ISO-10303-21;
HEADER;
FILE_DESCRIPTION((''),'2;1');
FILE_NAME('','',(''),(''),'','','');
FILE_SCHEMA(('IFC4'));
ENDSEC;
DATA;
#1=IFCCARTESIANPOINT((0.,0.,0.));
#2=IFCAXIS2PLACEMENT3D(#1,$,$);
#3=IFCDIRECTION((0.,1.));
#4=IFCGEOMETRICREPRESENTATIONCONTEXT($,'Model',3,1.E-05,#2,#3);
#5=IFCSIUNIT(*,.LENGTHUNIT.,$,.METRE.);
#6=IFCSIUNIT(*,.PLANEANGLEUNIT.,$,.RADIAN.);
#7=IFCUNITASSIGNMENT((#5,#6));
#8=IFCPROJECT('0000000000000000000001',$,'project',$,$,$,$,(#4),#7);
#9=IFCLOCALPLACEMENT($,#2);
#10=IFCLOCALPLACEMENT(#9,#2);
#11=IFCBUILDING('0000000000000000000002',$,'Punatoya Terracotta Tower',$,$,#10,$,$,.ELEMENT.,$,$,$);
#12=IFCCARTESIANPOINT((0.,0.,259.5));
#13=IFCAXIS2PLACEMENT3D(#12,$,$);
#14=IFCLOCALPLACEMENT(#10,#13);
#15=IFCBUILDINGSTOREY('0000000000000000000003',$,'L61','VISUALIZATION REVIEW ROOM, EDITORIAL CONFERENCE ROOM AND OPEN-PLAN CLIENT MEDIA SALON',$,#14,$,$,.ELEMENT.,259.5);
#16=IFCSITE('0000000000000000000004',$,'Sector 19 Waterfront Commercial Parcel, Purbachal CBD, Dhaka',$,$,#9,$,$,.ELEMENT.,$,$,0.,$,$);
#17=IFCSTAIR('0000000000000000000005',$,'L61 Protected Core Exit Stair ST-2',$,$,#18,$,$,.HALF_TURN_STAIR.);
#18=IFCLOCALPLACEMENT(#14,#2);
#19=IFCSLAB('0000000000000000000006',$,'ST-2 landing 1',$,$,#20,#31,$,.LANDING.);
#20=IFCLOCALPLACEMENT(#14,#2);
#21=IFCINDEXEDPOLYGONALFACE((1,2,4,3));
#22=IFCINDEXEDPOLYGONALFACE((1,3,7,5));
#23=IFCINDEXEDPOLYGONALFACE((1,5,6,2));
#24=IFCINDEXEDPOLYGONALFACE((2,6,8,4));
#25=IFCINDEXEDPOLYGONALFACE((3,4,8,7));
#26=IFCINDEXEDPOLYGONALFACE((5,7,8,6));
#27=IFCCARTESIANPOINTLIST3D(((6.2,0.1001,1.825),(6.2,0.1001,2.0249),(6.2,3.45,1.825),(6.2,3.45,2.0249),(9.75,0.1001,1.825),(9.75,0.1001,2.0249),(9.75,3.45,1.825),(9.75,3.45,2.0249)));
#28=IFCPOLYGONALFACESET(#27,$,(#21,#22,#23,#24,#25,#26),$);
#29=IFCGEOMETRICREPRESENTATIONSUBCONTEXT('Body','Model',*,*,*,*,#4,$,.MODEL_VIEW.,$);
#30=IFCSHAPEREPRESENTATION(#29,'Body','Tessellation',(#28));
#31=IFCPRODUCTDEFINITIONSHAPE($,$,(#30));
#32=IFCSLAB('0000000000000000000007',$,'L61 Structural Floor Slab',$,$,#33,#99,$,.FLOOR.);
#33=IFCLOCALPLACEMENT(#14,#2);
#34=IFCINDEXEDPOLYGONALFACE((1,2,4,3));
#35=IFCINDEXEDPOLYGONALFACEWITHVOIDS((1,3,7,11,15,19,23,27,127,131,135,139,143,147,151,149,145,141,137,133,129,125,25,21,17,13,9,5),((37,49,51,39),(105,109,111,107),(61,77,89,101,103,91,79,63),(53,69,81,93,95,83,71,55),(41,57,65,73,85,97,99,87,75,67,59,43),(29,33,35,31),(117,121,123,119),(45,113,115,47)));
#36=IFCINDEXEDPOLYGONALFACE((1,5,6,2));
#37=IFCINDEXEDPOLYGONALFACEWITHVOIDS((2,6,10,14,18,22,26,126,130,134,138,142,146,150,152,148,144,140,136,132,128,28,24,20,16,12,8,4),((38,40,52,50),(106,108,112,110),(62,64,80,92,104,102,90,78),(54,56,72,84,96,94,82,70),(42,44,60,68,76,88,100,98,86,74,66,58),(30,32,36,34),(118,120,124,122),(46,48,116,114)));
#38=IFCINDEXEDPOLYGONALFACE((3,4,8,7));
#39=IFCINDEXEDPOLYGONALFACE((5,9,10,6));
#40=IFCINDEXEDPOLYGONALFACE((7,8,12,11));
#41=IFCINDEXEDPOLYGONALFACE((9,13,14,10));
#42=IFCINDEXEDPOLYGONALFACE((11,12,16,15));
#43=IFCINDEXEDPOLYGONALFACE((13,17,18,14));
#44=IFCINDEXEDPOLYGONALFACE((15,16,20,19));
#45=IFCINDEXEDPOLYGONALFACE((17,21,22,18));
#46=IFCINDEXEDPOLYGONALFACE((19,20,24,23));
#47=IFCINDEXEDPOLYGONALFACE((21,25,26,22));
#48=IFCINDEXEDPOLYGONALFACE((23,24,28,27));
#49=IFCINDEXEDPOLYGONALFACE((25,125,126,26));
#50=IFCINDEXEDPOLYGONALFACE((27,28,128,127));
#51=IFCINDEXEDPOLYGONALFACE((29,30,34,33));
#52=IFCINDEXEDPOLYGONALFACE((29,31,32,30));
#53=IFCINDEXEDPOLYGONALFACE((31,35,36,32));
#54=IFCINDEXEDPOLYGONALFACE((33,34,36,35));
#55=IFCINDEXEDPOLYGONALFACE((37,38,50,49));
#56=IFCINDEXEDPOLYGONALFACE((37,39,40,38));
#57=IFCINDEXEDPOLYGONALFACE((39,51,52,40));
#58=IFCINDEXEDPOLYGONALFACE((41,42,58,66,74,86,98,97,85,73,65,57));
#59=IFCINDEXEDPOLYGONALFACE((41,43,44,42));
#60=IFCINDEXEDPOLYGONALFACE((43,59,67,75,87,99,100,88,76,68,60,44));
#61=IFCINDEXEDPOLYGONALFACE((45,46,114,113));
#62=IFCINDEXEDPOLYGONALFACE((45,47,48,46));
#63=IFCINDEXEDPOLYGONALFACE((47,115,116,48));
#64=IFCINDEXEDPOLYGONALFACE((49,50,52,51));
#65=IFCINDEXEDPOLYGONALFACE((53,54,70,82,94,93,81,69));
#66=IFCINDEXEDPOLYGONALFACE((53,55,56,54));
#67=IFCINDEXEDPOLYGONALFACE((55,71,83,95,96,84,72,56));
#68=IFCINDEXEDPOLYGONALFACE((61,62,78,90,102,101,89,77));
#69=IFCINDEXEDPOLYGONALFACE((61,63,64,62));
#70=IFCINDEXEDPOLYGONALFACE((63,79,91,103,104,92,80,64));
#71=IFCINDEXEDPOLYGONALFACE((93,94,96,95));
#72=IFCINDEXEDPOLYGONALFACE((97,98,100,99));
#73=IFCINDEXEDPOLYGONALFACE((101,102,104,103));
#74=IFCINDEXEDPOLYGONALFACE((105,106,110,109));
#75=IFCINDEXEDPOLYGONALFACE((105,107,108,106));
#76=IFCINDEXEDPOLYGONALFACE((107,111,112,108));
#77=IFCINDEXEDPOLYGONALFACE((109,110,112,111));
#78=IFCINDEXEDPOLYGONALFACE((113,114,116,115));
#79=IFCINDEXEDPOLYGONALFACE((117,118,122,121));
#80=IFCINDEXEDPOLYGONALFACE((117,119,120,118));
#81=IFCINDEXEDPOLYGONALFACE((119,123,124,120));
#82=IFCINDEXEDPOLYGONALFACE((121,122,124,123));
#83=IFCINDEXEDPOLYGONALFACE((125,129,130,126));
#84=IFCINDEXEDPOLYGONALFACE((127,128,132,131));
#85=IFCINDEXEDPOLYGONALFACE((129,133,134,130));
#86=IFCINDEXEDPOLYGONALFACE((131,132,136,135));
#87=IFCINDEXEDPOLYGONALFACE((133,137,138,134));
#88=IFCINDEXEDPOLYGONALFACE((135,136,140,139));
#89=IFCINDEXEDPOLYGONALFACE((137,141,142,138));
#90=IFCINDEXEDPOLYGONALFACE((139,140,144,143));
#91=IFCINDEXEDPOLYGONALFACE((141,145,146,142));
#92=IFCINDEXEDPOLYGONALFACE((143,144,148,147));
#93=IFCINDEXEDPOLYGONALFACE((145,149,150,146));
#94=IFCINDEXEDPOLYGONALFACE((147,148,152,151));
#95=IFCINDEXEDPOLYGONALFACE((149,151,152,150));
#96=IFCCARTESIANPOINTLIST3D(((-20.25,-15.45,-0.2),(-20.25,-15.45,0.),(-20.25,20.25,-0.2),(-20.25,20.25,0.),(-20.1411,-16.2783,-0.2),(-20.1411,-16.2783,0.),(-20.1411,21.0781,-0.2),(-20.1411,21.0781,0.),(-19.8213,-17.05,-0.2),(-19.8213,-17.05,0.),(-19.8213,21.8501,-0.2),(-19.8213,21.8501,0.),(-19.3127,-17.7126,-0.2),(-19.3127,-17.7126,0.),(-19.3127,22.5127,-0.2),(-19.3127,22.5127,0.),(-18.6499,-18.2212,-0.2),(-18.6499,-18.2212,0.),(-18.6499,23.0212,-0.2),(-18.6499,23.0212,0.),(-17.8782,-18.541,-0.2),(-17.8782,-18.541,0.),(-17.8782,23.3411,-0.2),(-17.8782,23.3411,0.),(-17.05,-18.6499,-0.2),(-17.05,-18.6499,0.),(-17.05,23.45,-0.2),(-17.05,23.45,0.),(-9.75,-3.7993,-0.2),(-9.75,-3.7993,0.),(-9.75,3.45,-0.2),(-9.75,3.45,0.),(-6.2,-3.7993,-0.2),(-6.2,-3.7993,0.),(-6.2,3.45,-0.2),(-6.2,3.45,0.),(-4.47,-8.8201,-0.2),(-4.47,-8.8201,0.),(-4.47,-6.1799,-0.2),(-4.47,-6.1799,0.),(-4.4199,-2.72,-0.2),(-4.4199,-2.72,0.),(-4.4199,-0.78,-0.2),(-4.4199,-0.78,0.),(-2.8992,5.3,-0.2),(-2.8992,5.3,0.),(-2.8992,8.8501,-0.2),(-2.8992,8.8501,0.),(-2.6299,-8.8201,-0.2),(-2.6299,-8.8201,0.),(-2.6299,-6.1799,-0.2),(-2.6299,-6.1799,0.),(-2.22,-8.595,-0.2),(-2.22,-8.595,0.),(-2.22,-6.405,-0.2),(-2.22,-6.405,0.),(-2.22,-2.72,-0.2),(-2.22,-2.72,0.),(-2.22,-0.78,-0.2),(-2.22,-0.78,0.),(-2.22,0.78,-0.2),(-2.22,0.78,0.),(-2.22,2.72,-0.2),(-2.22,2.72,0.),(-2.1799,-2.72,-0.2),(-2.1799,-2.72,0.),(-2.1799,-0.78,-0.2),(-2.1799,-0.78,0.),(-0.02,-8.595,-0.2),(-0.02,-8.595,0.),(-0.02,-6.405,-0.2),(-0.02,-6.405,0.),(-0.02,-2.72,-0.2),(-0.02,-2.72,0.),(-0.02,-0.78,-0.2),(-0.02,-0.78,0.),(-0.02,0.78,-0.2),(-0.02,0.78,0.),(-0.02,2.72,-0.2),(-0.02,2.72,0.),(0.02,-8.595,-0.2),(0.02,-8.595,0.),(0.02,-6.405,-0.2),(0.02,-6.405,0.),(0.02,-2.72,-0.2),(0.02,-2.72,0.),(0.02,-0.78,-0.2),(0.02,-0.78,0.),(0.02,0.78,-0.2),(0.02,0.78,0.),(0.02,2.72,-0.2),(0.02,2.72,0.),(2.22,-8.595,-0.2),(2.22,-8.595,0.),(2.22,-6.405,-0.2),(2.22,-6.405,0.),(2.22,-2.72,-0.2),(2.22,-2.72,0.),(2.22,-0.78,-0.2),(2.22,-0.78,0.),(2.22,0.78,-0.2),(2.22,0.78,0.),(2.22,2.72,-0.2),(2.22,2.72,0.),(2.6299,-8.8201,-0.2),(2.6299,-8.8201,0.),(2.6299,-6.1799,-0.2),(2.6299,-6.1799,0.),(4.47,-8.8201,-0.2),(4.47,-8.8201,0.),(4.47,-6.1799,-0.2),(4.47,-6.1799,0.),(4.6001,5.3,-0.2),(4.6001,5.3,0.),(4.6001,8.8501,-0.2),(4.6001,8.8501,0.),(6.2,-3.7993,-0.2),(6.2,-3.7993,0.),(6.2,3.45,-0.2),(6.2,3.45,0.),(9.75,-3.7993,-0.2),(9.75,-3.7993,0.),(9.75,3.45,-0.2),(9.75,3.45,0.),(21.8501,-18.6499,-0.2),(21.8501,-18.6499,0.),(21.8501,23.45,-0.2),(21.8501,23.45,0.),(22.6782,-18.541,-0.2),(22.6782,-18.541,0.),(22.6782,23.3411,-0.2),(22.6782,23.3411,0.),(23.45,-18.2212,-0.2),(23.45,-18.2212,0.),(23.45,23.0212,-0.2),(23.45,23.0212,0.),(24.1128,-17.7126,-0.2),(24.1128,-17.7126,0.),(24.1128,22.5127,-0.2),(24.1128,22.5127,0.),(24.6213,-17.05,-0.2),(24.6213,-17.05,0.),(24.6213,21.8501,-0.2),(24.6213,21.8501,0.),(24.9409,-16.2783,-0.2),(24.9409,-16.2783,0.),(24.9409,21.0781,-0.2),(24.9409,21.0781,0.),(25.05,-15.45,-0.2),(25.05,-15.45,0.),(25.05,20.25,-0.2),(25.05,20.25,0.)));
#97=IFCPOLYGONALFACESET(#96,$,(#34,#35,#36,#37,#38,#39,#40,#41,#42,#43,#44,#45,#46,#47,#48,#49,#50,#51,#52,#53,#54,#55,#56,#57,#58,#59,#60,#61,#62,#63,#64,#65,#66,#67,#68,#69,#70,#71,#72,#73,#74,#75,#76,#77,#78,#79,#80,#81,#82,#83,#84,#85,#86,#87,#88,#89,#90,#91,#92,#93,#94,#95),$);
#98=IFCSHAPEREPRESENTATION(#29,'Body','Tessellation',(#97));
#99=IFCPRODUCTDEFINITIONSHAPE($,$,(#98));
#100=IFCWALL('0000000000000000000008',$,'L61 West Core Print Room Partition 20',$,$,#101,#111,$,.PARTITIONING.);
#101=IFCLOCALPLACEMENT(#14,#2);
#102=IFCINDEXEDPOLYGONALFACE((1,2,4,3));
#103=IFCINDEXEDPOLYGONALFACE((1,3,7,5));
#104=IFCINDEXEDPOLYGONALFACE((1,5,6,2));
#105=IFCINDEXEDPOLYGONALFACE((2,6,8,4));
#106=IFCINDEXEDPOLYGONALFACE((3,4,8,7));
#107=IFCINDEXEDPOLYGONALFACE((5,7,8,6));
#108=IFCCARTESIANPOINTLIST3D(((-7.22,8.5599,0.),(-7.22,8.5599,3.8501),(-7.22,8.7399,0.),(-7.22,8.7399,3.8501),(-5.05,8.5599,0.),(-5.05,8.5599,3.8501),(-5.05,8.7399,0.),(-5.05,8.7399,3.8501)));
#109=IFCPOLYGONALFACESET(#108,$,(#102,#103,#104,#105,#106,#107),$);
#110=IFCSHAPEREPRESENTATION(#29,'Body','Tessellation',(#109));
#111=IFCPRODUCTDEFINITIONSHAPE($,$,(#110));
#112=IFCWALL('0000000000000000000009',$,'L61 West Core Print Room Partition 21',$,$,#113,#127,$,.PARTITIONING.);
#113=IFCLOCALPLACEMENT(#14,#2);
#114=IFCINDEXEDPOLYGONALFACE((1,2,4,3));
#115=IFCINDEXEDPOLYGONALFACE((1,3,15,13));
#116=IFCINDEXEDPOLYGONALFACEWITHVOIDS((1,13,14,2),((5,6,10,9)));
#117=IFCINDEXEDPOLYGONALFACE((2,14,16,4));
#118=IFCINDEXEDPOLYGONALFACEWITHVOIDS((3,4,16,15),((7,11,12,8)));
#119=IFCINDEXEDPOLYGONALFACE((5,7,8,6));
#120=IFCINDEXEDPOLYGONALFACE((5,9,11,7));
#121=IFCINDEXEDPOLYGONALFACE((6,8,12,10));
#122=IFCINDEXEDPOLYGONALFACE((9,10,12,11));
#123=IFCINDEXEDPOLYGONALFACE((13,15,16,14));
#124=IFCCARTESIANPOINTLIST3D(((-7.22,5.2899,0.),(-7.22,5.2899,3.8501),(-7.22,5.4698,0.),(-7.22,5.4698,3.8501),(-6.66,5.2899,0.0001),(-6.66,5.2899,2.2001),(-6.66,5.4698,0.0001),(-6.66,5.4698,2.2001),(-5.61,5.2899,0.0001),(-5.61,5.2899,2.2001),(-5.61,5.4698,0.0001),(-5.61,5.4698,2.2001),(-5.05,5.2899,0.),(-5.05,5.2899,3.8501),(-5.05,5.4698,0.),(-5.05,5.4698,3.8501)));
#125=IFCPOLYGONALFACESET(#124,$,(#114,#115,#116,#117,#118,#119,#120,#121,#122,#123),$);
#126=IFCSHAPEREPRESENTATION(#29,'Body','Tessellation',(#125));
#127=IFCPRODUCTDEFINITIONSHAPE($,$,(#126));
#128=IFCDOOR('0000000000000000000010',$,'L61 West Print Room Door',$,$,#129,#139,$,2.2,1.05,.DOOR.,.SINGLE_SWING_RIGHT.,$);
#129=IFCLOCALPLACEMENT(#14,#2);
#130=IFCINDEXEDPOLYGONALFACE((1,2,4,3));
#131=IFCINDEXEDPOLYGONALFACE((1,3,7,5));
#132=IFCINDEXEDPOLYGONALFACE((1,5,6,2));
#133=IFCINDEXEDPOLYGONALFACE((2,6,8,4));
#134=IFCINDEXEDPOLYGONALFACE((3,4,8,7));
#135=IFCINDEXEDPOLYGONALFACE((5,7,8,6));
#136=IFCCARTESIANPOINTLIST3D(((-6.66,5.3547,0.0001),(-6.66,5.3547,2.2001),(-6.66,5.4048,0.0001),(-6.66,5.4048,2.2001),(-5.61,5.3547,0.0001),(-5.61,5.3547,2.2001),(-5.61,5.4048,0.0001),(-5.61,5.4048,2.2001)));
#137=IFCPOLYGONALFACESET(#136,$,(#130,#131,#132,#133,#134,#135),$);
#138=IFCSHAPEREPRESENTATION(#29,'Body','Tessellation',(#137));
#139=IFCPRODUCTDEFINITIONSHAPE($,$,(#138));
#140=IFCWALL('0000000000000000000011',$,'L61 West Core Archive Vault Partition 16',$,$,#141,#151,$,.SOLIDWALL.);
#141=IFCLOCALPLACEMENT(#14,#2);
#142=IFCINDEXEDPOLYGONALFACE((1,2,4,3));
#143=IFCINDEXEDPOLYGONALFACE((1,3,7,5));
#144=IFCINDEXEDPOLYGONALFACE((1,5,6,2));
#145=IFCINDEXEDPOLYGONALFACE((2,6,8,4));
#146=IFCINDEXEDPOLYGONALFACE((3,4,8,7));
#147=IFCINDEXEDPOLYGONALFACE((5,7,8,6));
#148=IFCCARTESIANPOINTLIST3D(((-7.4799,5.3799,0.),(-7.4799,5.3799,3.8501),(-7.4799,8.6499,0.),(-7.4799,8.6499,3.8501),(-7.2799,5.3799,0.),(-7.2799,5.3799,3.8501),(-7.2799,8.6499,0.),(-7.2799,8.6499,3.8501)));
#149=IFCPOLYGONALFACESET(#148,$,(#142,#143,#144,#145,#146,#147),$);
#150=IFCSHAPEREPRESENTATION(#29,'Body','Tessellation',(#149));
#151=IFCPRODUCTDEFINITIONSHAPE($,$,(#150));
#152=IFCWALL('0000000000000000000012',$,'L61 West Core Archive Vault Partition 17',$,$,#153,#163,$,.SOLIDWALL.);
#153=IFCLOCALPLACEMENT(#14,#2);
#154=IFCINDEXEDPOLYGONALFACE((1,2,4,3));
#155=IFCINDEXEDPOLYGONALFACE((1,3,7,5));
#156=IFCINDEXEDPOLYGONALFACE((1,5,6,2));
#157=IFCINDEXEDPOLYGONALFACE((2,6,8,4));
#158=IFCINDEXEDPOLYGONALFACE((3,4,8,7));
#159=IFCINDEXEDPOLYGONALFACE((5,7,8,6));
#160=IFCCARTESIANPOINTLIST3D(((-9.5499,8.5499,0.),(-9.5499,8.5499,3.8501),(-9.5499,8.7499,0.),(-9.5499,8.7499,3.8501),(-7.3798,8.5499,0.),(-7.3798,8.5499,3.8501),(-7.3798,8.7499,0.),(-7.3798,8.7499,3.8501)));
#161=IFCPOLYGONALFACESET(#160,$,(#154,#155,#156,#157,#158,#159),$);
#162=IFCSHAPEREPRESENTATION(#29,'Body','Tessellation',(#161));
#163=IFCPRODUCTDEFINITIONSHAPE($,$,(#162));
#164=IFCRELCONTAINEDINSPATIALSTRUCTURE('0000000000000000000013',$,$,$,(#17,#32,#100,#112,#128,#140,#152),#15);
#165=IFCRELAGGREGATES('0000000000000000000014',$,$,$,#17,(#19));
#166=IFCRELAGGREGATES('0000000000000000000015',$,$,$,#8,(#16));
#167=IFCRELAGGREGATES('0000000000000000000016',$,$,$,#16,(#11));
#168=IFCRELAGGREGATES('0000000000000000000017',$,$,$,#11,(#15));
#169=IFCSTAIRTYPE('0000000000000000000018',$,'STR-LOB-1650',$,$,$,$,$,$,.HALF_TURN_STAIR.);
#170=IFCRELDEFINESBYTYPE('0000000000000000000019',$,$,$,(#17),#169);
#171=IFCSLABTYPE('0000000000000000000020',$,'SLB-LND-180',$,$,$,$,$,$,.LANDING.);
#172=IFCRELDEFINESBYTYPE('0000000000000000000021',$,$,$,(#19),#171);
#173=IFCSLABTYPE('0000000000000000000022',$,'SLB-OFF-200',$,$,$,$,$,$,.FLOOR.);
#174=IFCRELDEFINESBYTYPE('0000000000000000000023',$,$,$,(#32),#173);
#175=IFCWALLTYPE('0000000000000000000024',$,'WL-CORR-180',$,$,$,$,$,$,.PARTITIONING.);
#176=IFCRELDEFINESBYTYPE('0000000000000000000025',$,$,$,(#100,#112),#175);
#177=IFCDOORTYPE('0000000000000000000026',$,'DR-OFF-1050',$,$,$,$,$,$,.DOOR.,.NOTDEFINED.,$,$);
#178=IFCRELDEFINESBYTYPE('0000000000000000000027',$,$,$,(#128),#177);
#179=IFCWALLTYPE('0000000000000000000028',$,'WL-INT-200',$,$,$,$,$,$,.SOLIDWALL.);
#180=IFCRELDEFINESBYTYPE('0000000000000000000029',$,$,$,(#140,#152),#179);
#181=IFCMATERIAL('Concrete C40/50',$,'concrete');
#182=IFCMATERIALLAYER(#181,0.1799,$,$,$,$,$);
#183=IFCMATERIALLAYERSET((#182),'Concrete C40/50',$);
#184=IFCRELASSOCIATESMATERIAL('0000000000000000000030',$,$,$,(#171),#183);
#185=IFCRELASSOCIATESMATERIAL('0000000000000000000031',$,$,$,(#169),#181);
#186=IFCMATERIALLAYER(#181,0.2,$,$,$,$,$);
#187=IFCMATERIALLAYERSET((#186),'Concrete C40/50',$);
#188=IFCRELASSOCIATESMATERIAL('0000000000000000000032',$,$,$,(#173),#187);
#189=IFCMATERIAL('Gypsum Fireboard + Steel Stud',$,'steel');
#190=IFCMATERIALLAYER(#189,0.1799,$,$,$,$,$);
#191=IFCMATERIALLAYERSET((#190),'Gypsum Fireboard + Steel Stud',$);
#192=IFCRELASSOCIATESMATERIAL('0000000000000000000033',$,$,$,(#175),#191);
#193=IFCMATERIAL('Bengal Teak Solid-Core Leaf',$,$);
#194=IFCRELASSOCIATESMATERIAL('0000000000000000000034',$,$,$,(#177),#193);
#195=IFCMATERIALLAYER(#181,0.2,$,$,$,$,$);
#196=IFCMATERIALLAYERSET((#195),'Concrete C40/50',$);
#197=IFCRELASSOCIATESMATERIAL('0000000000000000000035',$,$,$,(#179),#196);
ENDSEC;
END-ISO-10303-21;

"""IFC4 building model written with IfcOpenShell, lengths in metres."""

from ifc_helpers import new_model, si_unit, direction, frame, frame_2d, origin, place, context, subcontext, project, spatial, polyline, rectangle, outline, extrude, material, layer, layer_set, type_object, element, fill, aggregate, save


model = new_model("IFC4")

# Units and contexts
model_context = context("Model", 3, precision=1e-05, world=origin(), true_north=direction((0.0, 1.0)))
body_context = subcontext(model_context, "Body", "Model", "MODEL_VIEW")
ifc_project = project(units=[si_unit("LENGTHUNIT", "METRE"), si_unit("PLANEANGLEUNIT", "RADIAN")], contexts=[model_context])

# Site, building, storey
site_placement = place(None, origin())
site = spatial("IfcSite", under=ifc_project, at=site_placement, Name="Sector 19 Waterfront Commercial Parcel, Purbachal CBD, Dhaka", CompositionType="ELEMENT", RefElevation=0.0)
building_placement = place(site_placement, origin())
building = spatial("IfcBuilding", under=site, at=building_placement, Name="Punatoya Terracotta Tower", CompositionType="ELEMENT")
storey_placement = place(building_placement, frame((0.0, 0.0, 259.5)))
storey = spatial("IfcBuildingStorey", under=building, at=storey_placement, Name="L61", Description="VISUALIZATION REVIEW ROOM, EDITORIAL CONFERENCE ROOM AND OPEN-PLAN CLIENT MEDIA SALON", CompositionType="ELEMENT", Elevation=259.5)

# Stair, slab
ifc_material_1 = material(Name="Concrete C40/50", Category="concrete")
ifc_layer_1 = layer(ifc_material_1, 0.1799)
ifc_layer_set_1 = layer_set([ifc_layer_1], Name="Concrete C40/50")
slab_type_1 = type_object("IfcSlabType", Name="SLB-LND-180", PredefinedType="LANDING", material=ifc_layer_set_1)
stair_type_1 = type_object("IfcStairType", Name="STR-LOB-1650", PredefinedType="HALF_TURN_STAIR", material=ifc_material_1)
stair_1_placement = place(storey_placement, origin())
stair_1 = element("IfcStair", 1, at=stair_1_placement, inside=storey, type_object=stair_type_1, Name="L61 Protected Core Exit Stair ST-2", PredefinedType="HALF_TURN_STAIR")
slab_1_placement = place(storey_placement, frame((0.0, 0.0, 1.825)))
slab_1 = element("IfcSlab", 2, at=slab_1_placement, type_object=slab_type_1, Name="ST-2 landing 1", PredefinedType="LANDING", context=body_context, shape_type="SweptSolid", body=[
    extrude(outline(polyline([(9.75, 0.1001), (9.75, 3.45), (6.2, 3.45), (6.2, 0.1001), (9.75, 0.1001)])), origin(), (0.0, 0.0, 1.0), 0.2),
])
aggregate(stair_1, [slab_1])

# Slab
ifc_layer_2 = layer(ifc_material_1, 0.2)
ifc_layer_set_2 = layer_set([ifc_layer_2], Name="Concrete C40/50")
slab_type_2 = type_object("IfcSlabType", Name="SLB-OFF-200", PredefinedType="FLOOR", material=ifc_layer_set_2)
slab_2_placement = place(storey_placement, frame((0.0, 0.0, -0.2)))
element("IfcSlab", 3, at=slab_2_placement, inside=storey, type_object=slab_type_2, Name="L61 Structural Floor Slab", PredefinedType="FLOOR", context=body_context, shape_type="SweptSolid", body=[
    extrude(outline(polyline([(-17.05, -18.6499), (-17.8782, -18.541), (-18.6499, -18.2212), (-19.3127, -17.7126), (-19.8213, -17.05), (-20.1411, -16.2783), (-20.25, -15.45), (-20.25, 20.25), (-20.1411, 21.0781), (-19.8213, 21.8501), (-19.3127, 22.5127), (-18.6499, 23.0212), (-17.8782, 23.3411), (-17.05, 23.45), (21.8501, 23.45), (22.6782, 23.3411), (23.45, 23.0212), (24.1128, 22.5127), (24.6213, 21.8501), (24.9409, 21.0781), (25.05, 20.25), (25.05, -15.45), (24.9409, -16.2783), (24.6213, -17.05), (24.1128, -17.7126), (23.45, -18.2212), (22.6782, -18.541), (21.8501, -18.6499), (-17.05, -18.6499)]), holes=[polyline([(-2.6299, -6.1799), (-4.47, -6.1799), (-4.47, -8.8201), (-2.6299, -8.8201), (-2.6299, -6.1799)]), polyline([(0.02, -8.595), (2.22, -8.595), (2.22, -6.405), (0.02, -6.405), (-0.02, -6.405), (-2.22, -6.405), (-2.22, -8.595), (-0.02, -8.595), (0.02, -8.595)]), polyline([(-2.22, -2.72), (-2.1799, -2.72), (-0.02, -2.72), (0.02, -2.72), (2.22, -2.72), (2.22, -0.78), (0.02, -0.78), (-0.02, -0.78), (-2.1799, -0.78), (-2.22, -0.78), (-4.4199, -0.78), (-4.4199, -2.72), (-2.22, -2.72)]), polyline([(-6.2, 3.45), (-9.75, 3.45), (-9.75, -3.7993), (-6.2, -3.7993), (-6.2, 3.45)]), polyline([(0.02, 0.78), (2.22, 0.78), (2.22, 2.72), (0.02, 2.72), (-0.02, 2.72), (-2.22, 2.72), (-2.22, 0.78), (-0.02, 0.78), (0.02, 0.78)]), polyline([(4.47, -8.8201), (4.47, -6.1799), (2.6299, -6.1799), (2.6299, -8.8201), (4.47, -8.8201)]), polyline([(6.2, 3.45), (6.2, -3.7993), (9.75, -3.7993), (9.75, 3.45), (6.2, 3.45)]), polyline([(4.6001, 5.3), (4.6001, 8.8501), (-2.8992, 8.8501), (-2.8992, 5.3), (4.6001, 5.3)])]), origin(), (0.0, 0.0, 1.0), 0.2),
])

# Wall
ifc_material_2 = material(Name="Gypsum Fireboard + Steel Stud", Category="steel")
ifc_layer_3 = layer(ifc_material_2, 0.1799)
ifc_layer_set_3 = layer_set([ifc_layer_3], Name="Gypsum Fireboard + Steel Stud")
wall_type_1 = type_object("IfcWallType", Name="WL-CORR-180", PredefinedType="PARTITIONING", material=ifc_layer_set_3)
wall_1_placement = place(storey_placement, frame((-5.05, 8.6499, 0.0), z_axis=(0.0, 0.0, 1.0), x_axis=(-1.0, 0.0, 0.0)))
element("IfcWall", 4, at=wall_1_placement, inside=storey, type_object=wall_type_1, Name="L61 West Core Print Room Partition 20", PredefinedType="PARTITIONING", context=body_context, shape_type="SweptSolid", body=[
    extrude(rectangle(XDim=2.1699, YDim=0.1799, at=frame_2d((1.085, 0.0))), origin(), (0.0, 0.0, 1.0), 3.8501),
])

# Wall, opening, door
wall_2_placement = place(storey_placement, frame((-7.22, 5.3799, 0.0), z_axis=(0.0, 0.0, 1.0), x_axis=(1.0, 0.0, 0.0)))
wall_2 = element("IfcWall", 5, at=wall_2_placement, inside=storey, type_object=wall_type_1, Name="L61 West Core Print Room Partition 21", PredefinedType="PARTITIONING", context=body_context, shape_type="SweptSolid", body=[
    extrude(rectangle(XDim=2.1699, YDim=0.1799, at=frame_2d((1.085, 0.0))), origin(), (0.0, 0.0, 1.0), 3.8501),
])
opening_1_placement = place(wall_2_placement, frame((0.5601, 0.0, 0.0)))
opening_1 = element("IfcOpeningElement", 6, at=opening_1_placement, cuts=wall_2, PredefinedType="OPENING", context=body_context, shape_type="SweptSolid", body=[
    extrude(rectangle(XDim=1.05, YDim=2.2, at=frame_2d((0.5249, 1.1001))), frame((0.0, 0.0999, 0.0), z_axis=(0.0, -1.0, 0.0), x_axis=(1.0, 0.0, 0.0)), (0.0, 0.0, 1.0), 0.2),
])
ifc_material_3 = material(Name="Bengal Teak Solid-Core Leaf")
door_type_1 = type_object("IfcDoorType", Name="DR-OFF-1050", OperationType="NOTDEFINED", PredefinedType="DOOR", material=ifc_material_3)
door_1_placement = place(opening_1_placement, origin())
door_1 = element("IfcDoor", 7, at=door_1_placement, inside=storey, type_object=door_type_1, Name="L61 West Print Room Door", OperationType="SINGLE_SWING_RIGHT", OverallHeight=2.2, OverallWidth=1.05, PredefinedType="DOOR", context=body_context, shape_type="SweptSolid", body=[
    extrude(rectangle(XDim=1.05, YDim=2.2, at=frame_2d((0.5249, 1.1001))), frame((0.0, 0.0249, 0.0), z_axis=(0.0, -1.0, 0.0), x_axis=(1.0, 0.0, 0.0)), (0.0, 0.0, 1.0), 0.05),
])
fill(opening_1, door_1)

# Walls
ifc_layer_4 = layer(ifc_material_1, 0.2)
ifc_layer_set_4 = layer_set([ifc_layer_4], Name="Concrete C40/50")
wall_type_2 = type_object("IfcWallType", Name="WL-INT-200", PredefinedType="SOLIDWALL", material=ifc_layer_set_4)
wall_3_placement = place(storey_placement, frame((-7.3799, 5.3799, 0.0), z_axis=(0.0, 0.0, 1.0), x_axis=(0.0, 1.0, 0.0)))
element("IfcWall", 8, at=wall_3_placement, inside=storey, type_object=wall_type_2, Name="L61 West Core Archive Vault Partition 16", PredefinedType="SOLIDWALL", context=body_context, shape_type="SweptSolid", body=[
    extrude(rectangle(XDim=3.27, YDim=0.2, at=frame_2d((1.635, 0.0))), origin(), (0.0, 0.0, 1.0), 3.8501),
])
wall_4_placement = place(storey_placement, frame((-7.3799, 8.6499, 0.0), z_axis=(0.0, 0.0, 1.0), x_axis=(-1.0, 0.0, 0.0)))
element("IfcWall", 9, at=wall_4_placement, inside=storey, type_object=wall_type_2, Name="L61 West Core Archive Vault Partition 17", PredefinedType="SOLIDWALL", context=body_context, shape_type="SweptSolid", body=[
    extrude(rectangle(XDim=2.1702, YDim=0.2, at=frame_2d((1.085, 0.0))), origin(), (0.0, 0.0, 1.0), 3.8501),
])

save(model, "model.ifc")
